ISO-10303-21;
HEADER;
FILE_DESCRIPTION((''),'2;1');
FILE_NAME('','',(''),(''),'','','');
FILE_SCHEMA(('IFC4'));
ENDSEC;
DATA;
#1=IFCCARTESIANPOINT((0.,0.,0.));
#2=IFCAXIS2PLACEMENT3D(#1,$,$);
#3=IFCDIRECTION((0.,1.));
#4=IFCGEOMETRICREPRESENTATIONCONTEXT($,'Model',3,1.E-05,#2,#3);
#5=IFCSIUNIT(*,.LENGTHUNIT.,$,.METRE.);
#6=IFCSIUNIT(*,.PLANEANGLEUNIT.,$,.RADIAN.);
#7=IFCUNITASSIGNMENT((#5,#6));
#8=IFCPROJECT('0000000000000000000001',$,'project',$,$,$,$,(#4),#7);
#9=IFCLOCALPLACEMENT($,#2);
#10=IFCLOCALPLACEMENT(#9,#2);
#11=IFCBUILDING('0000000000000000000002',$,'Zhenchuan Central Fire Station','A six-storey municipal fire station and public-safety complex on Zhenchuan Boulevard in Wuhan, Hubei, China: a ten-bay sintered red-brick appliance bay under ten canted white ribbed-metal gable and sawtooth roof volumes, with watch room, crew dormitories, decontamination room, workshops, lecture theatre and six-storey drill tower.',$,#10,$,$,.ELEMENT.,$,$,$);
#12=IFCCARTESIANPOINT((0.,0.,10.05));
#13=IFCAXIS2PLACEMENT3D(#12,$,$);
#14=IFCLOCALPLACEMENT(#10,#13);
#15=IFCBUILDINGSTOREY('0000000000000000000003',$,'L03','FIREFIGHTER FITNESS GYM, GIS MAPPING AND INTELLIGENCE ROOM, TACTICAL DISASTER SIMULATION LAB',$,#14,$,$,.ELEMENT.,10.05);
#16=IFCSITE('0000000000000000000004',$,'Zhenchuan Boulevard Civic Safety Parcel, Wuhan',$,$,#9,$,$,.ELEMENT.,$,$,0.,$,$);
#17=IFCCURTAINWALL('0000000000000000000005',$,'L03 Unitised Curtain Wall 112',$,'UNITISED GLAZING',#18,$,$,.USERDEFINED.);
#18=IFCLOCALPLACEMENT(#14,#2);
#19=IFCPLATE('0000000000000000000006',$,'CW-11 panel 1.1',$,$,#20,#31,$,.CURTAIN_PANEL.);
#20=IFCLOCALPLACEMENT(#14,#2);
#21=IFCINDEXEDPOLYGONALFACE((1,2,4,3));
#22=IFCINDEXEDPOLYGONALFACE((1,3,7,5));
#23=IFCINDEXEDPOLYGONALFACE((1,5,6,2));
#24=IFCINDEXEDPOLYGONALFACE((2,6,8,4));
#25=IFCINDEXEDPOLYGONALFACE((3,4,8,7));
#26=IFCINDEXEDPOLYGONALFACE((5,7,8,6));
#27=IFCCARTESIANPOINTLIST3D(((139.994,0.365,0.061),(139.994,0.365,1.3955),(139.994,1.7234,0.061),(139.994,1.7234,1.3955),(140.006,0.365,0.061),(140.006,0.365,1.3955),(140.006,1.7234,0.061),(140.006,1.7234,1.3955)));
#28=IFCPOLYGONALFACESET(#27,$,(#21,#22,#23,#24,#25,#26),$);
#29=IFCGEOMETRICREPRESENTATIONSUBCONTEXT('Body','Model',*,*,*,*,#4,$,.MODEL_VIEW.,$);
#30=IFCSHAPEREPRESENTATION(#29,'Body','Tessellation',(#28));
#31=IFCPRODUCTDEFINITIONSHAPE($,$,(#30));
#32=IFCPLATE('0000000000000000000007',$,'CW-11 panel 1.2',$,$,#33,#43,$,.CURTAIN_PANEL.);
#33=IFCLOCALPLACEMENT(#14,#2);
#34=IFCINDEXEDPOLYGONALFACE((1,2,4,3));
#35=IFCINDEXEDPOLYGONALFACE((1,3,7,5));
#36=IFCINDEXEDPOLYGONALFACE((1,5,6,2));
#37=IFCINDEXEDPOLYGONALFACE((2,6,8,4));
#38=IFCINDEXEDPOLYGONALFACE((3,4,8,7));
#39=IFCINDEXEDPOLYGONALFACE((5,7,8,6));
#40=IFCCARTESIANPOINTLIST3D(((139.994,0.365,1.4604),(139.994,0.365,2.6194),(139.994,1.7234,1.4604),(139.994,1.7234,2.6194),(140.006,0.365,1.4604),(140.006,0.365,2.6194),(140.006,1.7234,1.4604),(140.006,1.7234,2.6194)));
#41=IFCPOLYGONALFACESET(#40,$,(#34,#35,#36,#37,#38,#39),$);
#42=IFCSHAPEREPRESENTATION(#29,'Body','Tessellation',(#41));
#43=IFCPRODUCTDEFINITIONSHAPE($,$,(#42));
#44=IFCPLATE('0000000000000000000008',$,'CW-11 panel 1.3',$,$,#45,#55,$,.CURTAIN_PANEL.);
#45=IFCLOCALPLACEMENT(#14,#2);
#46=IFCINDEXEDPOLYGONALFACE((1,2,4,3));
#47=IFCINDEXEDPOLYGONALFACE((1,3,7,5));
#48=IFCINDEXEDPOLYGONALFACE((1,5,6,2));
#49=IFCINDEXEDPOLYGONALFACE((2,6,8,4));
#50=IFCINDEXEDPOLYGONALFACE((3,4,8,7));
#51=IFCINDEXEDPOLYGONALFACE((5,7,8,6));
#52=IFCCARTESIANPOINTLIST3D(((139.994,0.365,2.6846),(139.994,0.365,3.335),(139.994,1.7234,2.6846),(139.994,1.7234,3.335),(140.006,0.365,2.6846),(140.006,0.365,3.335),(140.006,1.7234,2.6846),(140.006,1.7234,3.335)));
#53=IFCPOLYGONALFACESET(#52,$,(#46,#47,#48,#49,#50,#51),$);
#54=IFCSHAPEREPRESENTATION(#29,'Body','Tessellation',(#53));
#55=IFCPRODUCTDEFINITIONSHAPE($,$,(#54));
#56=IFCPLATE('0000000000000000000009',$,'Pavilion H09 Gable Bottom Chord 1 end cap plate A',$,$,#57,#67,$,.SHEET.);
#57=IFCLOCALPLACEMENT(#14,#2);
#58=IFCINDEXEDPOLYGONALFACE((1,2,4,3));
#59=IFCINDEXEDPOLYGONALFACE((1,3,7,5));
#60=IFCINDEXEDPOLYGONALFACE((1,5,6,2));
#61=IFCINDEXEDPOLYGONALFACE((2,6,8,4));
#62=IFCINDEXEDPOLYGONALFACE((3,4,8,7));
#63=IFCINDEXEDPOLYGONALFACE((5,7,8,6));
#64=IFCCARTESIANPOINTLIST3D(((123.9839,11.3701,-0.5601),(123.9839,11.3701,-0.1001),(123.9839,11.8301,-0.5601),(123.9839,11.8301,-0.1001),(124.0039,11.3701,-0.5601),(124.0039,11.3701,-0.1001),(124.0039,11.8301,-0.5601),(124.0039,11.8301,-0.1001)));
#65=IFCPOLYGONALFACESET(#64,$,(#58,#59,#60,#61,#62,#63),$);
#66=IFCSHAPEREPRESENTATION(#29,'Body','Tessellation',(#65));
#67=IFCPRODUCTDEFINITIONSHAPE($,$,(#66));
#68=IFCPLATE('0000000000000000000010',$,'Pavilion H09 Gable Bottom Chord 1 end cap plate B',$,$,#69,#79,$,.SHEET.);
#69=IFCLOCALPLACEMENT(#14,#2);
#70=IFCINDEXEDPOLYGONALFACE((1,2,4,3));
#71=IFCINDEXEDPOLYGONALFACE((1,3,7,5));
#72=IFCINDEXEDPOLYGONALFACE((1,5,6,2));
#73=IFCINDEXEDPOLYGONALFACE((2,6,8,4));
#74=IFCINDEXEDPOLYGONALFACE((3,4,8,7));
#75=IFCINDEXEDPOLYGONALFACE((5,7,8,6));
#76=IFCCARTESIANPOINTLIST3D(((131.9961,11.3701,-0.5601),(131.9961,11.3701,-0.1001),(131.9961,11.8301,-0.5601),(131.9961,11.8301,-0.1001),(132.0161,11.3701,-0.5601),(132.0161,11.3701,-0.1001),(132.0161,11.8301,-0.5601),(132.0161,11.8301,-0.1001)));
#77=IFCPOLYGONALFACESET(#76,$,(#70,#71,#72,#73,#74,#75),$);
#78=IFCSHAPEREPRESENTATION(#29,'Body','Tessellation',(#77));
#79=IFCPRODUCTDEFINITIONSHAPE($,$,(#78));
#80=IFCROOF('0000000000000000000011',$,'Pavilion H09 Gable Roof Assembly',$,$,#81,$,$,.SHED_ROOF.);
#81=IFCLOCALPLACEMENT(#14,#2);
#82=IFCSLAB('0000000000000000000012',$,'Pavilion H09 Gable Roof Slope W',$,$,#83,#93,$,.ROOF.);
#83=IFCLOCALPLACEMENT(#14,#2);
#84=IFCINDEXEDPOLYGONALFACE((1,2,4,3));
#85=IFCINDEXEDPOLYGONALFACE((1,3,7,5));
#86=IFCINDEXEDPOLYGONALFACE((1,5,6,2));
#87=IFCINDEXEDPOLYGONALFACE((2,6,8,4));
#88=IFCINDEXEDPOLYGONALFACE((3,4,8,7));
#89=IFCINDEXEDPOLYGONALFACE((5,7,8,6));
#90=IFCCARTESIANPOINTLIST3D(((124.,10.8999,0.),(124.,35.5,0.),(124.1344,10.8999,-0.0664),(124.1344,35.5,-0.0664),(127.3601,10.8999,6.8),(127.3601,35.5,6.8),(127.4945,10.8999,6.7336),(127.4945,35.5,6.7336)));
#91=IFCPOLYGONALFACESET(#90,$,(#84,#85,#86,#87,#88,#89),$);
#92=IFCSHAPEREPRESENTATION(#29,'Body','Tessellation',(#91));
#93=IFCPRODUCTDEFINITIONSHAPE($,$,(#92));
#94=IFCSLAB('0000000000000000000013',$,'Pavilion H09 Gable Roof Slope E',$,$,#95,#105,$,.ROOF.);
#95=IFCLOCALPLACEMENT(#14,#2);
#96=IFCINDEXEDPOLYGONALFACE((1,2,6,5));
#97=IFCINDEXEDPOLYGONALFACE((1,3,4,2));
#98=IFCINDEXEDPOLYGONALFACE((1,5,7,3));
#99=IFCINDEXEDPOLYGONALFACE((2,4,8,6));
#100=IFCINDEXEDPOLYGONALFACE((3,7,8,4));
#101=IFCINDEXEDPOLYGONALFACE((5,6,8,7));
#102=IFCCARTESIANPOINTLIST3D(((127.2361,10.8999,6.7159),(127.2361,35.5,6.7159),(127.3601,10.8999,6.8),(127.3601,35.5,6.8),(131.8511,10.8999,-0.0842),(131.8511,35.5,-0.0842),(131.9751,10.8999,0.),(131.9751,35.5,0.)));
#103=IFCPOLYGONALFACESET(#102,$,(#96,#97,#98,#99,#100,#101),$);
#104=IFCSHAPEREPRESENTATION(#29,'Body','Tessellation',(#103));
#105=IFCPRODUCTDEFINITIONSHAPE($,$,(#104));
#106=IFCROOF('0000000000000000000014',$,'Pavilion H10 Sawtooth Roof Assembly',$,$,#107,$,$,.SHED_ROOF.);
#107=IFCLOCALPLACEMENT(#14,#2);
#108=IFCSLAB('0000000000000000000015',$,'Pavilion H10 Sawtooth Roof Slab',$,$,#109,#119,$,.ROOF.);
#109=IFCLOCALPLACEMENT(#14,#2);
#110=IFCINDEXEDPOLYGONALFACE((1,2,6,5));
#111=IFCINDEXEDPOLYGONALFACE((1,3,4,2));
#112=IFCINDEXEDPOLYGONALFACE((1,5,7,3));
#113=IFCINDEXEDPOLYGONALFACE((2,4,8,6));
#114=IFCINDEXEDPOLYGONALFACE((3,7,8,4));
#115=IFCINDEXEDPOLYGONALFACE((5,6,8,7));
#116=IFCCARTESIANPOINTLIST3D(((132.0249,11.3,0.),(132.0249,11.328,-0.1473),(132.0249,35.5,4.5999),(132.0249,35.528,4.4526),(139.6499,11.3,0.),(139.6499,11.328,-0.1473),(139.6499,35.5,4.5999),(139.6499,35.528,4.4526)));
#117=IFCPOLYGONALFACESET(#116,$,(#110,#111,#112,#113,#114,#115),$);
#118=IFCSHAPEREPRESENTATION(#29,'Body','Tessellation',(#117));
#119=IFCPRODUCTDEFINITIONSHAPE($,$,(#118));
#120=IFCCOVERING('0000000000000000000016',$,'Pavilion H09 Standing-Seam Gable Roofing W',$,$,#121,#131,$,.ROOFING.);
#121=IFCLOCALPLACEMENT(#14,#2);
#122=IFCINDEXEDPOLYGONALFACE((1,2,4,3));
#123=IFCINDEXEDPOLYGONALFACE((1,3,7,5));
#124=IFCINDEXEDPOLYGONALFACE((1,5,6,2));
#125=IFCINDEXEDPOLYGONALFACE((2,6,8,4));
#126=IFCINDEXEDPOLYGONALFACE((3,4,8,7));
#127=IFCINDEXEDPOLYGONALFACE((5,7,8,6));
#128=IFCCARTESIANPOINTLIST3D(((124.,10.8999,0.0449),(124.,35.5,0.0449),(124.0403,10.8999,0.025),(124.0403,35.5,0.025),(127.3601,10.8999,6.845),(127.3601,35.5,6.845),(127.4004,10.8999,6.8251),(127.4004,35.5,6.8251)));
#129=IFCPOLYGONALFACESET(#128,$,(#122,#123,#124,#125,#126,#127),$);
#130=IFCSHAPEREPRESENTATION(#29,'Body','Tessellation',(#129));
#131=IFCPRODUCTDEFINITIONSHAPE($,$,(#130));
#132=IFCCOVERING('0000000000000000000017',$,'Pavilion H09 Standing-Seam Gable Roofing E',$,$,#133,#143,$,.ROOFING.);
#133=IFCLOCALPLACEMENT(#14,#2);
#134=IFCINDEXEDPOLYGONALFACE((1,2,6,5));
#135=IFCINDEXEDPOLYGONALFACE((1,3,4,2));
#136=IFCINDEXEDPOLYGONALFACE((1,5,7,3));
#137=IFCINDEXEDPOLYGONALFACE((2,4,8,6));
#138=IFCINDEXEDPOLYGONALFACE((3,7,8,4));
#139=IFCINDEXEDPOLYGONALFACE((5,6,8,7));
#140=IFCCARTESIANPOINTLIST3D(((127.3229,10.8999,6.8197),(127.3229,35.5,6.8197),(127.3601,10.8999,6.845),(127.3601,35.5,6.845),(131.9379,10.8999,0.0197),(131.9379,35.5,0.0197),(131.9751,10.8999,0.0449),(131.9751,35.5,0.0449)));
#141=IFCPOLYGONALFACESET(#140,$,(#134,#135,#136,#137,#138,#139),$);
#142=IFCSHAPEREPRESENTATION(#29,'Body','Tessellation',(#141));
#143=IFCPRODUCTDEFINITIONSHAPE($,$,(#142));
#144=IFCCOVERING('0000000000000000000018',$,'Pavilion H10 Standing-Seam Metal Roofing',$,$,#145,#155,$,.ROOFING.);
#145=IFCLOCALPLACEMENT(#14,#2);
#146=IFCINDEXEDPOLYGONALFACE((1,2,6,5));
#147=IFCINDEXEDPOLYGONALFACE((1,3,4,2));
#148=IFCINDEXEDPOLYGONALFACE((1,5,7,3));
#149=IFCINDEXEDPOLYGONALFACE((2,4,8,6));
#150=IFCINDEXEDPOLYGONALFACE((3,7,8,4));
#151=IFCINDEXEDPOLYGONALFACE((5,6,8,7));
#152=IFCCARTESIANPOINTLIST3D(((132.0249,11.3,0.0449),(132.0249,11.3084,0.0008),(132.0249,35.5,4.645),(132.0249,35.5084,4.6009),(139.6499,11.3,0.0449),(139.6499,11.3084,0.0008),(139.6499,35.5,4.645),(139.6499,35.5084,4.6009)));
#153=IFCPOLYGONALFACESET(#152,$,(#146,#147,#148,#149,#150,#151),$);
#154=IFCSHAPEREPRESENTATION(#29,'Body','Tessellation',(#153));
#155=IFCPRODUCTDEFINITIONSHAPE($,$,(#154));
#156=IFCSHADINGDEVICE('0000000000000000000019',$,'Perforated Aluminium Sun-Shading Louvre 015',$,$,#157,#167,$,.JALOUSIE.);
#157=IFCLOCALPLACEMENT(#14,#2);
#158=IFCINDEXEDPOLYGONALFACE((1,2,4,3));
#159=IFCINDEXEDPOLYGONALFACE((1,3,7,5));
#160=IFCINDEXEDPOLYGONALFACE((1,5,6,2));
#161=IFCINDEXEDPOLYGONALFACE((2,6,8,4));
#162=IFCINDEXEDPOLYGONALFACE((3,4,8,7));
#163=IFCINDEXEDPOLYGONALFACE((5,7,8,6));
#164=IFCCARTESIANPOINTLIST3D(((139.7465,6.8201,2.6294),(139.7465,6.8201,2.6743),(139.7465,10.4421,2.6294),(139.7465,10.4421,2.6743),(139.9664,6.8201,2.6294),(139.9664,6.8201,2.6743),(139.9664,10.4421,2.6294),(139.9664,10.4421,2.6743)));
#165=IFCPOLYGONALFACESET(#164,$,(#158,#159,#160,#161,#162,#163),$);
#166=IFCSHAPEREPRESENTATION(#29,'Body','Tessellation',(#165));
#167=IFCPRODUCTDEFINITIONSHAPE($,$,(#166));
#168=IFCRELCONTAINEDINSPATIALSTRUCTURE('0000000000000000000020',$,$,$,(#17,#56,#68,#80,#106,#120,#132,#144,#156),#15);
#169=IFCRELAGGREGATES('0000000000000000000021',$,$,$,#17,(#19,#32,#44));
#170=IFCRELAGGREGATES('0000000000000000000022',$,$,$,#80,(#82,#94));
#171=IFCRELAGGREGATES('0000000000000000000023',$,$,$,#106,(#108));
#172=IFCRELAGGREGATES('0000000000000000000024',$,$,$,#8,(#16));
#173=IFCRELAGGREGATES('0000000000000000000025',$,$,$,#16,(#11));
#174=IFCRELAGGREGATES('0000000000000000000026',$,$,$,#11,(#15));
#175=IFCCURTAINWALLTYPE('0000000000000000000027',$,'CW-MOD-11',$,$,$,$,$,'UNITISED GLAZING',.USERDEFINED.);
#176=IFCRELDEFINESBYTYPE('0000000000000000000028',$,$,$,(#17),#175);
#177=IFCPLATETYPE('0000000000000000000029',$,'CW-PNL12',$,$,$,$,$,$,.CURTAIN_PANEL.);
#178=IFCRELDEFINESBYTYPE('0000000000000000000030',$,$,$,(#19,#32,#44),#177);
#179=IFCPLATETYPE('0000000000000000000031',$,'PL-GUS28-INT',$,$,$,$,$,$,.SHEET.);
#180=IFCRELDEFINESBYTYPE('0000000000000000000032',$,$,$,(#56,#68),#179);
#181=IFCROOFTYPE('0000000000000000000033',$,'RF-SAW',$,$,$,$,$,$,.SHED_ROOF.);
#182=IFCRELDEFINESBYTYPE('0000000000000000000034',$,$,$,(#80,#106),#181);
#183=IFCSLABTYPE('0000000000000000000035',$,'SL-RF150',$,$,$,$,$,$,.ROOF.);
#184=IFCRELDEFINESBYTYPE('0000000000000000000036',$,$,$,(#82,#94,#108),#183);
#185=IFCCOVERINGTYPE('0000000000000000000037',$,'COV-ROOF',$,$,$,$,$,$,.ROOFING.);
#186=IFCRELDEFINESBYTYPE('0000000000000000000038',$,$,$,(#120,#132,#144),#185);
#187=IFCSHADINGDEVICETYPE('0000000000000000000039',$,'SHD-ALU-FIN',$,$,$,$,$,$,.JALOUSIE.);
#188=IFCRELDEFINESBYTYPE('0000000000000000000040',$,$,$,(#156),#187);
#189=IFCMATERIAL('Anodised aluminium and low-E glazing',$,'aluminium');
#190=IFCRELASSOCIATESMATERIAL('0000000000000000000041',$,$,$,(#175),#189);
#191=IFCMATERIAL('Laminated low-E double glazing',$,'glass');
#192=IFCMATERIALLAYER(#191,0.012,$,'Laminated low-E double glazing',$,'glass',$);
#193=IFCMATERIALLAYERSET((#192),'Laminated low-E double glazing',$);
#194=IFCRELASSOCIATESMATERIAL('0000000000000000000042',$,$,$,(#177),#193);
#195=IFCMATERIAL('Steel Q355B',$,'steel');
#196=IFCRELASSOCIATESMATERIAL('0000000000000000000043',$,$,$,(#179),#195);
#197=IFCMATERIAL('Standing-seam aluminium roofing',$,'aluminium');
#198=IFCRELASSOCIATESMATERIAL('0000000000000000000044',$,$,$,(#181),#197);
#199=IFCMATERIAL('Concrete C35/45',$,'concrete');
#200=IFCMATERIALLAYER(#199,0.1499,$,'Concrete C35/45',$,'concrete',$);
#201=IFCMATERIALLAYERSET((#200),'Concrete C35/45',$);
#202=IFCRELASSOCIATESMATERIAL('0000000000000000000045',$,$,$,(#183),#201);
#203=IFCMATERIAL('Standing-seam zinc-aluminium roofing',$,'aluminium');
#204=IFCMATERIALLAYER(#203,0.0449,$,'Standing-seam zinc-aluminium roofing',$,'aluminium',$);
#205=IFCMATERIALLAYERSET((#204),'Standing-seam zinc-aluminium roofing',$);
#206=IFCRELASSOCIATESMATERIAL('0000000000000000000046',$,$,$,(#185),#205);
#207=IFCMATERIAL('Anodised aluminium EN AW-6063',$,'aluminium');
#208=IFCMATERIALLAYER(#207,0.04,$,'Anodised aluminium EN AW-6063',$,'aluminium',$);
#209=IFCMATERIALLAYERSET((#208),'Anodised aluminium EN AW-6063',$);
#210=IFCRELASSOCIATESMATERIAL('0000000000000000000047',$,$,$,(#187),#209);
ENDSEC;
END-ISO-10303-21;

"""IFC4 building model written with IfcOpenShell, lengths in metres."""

from ifc_helpers import new_model, si_unit, direction, frame, origin, origin_2d, place, context, subcontext, project, spatial, polyline, rectangle, outline, extrude, material, layer, layer_set, material_profile, profile_set, type_object, element, aggregate, save


model = new_model("IFC4")

# Units and contexts
model_context = context("Model", 3, precision=1e-05, world=origin(), true_north=direction((0.0, 1.0)))
body_context = subcontext(model_context, "Body", "Model", "MODEL_VIEW")
ifc_project = project(units=[si_unit("LENGTHUNIT", "METRE"), si_unit("PLANEANGLEUNIT", "RADIAN")], contexts=[model_context])

# Site, building, storey
site_placement = place(None, origin())
site = spatial("IfcSite", under=ifc_project, at=site_placement, Name="Zhenchuan Boulevard Civic Safety Parcel, Wuhan", CompositionType="ELEMENT", RefElevation=0.0)
building_placement = place(site_placement, origin())
building = spatial("IfcBuilding", under=site, at=building_placement, Name="Zhenchuan Central Fire Station", Description="A six-storey municipal fire station and public-safety complex on Zhenchuan Boulevard in Wuhan, Hubei, China: a ten-bay sintered red-brick appliance bay under ten canted white ribbed-metal gable and sawtooth roof volumes, with watch room, crew dormitories, decontamination room, workshops, lecture theatre and six-storey drill tower.", CompositionType="ELEMENT")
storey_placement = place(building_placement, frame((0.0, 0.0, 10.05)))
storey = spatial("IfcBuildingStorey", under=building, at=storey_placement, Name="L03", Description="FIREFIGHTER FITNESS GYM, GIS MAPPING AND INTELLIGENCE ROOM, TACTICAL DISASTER SIMULATION LAB", CompositionType="ELEMENT", Elevation=10.05)

# Shared definitions
ifc_material_1 = material(Name="Steel Q355B", Category="steel")

# Curtain wall
ifc_material_2 = material(Name="Anodised aluminium and low-E glazing", Category="aluminium")
curtain_wall_type = type_object("IfcCurtainWallType", Name="CW-MOD-11", ElementType="UNITISED GLAZING", PredefinedType="USERDEFINED", material=ifc_material_2)
curtain_wall_placement = place(storey_placement, origin())
curtain_wall = element("IfcCurtainWall", 1, at=curtain_wall_placement, inside=storey, type_object=curtain_wall_type, Name="L03 Unitised Curtain Wall 112", ObjectType="UNITISED GLAZING", PredefinedType="USERDEFINED")
ifc_material_3 = material(Name="Anodised aluminium EN AW-6063", Category="aluminium")

# Plates
ifc_material_4 = material(Name="Laminated low-E double glazing", Category="glass")
ifc_layer_1 = layer(ifc_material_4, 0.012, Name="Laminated low-E double glazing", Category="glass")
ifc_layer_set_1 = layer_set([ifc_layer_1], Name="Laminated low-E double glazing")
plate_type_1 = type_object("IfcPlateType", Name="CW-PNL12", PredefinedType="CURTAIN_PANEL", material=ifc_layer_set_1)
plate_1_placement = place(storey_placement, frame((140.0, 1.0442, 0.061), z_axis=(0.0, 0.0, 1.0), x_axis=(0.0, 1.0, 0.0)))
plate_1 = element("IfcPlate", 2, at=plate_1_placement, type_object=plate_type_1, Name="CW-11 panel 1.1", PredefinedType="CURTAIN_PANEL", context=body_context, shape_type="SweptSolid", body=[
    extrude(rectangle(XDim=1.3584, YDim=0.012, at=origin_2d()), origin(), (0.0, 0.0, 1.0), 1.3345),
])
plate_2_placement = place(storey_placement, frame((140.0, 1.0442, 1.4604), z_axis=(0.0, 0.0, 1.0), x_axis=(0.0, 1.0, 0.0)))
plate_2 = element("IfcPlate", 3, at=plate_2_placement, type_object=plate_type_1, Name="CW-11 panel 1.2", PredefinedType="CURTAIN_PANEL", context=body_context, shape_type="SweptSolid", body=[
    extrude(rectangle(XDim=1.3584, YDim=0.012, at=origin_2d()), origin(), (0.0, 0.0, 1.0), 1.1589),
])
plate_3_placement = place(storey_placement, frame((140.0, 1.0442, 2.6846), z_axis=(0.0, 0.0, 1.0), x_axis=(0.0, 1.0, 0.0)))
plate_3 = element("IfcPlate", 4, at=plate_3_placement, type_object=plate_type_1, Name="CW-11 panel 1.3", PredefinedType="CURTAIN_PANEL", context=body_context, shape_type="SweptSolid", body=[
    extrude(rectangle(XDim=1.3584, YDim=0.012, at=origin_2d()), origin(), (0.0, 0.0, 1.0), 0.6504),
])
aggregate(curtain_wall, [plate_1, plate_2, plate_3])

# Plates
ifc_material_profile_1 = material_profile(ifc_material_1, rectangle(XDim=0.46, YDim=0.46, at=origin_2d()), Name="PL 460x460x28")
ifc_profile_set_1 = profile_set([ifc_material_profile_1], Name="Steel Q355B")
plate_type_2 = type_object("IfcPlateType", Name="PL-GUS28-INT", PredefinedType="SHEET", material=ifc_profile_set_1)
for number, where, z_axis, x_axis, name in (
    (5, (123.9839, 11.6001, -0.3301), (1.0, 0.0, 0.0), (0.0, 1.0, 0.0), "Pavilion H09 Gable Bottom Chord 1 end cap plate A"),
    (6, (131.9961, 11.6001, -0.3301), (1.0, 0.0, 0.0), (0.0, 1.0, 0.0), "Pavilion H09 Gable Bottom Chord 1 end cap plate B"),
):
    element("IfcPlate", number, at=place(storey_placement, frame(where, z_axis=z_axis, x_axis=x_axis)), inside=storey, type_object=plate_type_2, Name=name, PredefinedType="SHEET", context=body_context, shape_type="SweptSolid", body=[
        extrude(rectangle(XDim=0.46, YDim=0.46, at=origin_2d()), origin(), (0.0, 0.0, 1.0), 0.02),
    ])

# Roof, slabs
ifc_material_5 = material(Name="Standing-seam aluminium roofing", Category="aluminium")
roof_type = type_object("IfcRoofType", Name="RF-SAW", PredefinedType="SHED_ROOF", material=ifc_material_5)
roof_1_placement = place(storey_placement, origin())
roof_1 = element("IfcRoof", 7, at=roof_1_placement, inside=storey, type_object=roof_type, Name="Pavilion H09 Gable Roof Assembly", PredefinedType="SHED_ROOF")
ifc_material_6 = material(Name="Concrete C35/45", Category="concrete")
ifc_layer_2 = layer(ifc_material_6, 0.1499, Name="Concrete C35/45", Category="concrete")
ifc_layer_set_2 = layer_set([ifc_layer_2], Name="Concrete C35/45")
slab_type = type_object("IfcSlabType", Name="SL-RF150", PredefinedType="ROOF", material=ifc_layer_set_2)
slab_1_placement = place(storey_placement, frame((124.0, 10.8999, 0.0), z_axis=(-0.896522, 0.0, 0.442998), x_axis=(0.442998, 0.0, 0.896522)))
slab_1 = element("IfcSlab", 8, at=slab_1_placement, type_object=slab_type, Name="Pavilion H09 Gable Roof Slope W", PredefinedType="ROOF", context=body_context, shape_type="SweptSolid", body=[
    extrude(outline(polyline([(0.0, 0.0), (7.5849, 0.0), (7.5849, 24.6001), (0.0, 24.6001), (0.0, 0.0)])), origin(), (0.0, 0.0, -1.0), 0.1499),
])
slab_2_placement = place(storey_placement, frame((127.3601, 10.8999, 6.8), z_axis=(0.827438, 0.0, 0.561557), x_axis=(0.561557, 0.0, -0.827438)))
slab_2 = element("IfcSlab", 9, at=slab_2_placement, type_object=slab_type, Name="Pavilion H09 Gable Roof Slope E", PredefinedType="ROOF", context=body_context, shape_type="SweptSolid", body=[
    extrude(outline(polyline([(0.0, 0.0), (8.2182, 0.0), (8.2182, 24.6001), (0.0, 24.6001), (0.0, 0.0)])), origin(), (0.0, 0.0, -1.0), 0.1499),
])
aggregate(roof_1, [slab_1, slab_2])

# Roof, slab
roof_2_placement = place(storey_placement, origin())
roof_2 = element("IfcRoof", 10, at=roof_2_placement, inside=storey, type_object=roof_type, Name="Pavilion H10 Sawtooth Roof Assembly", PredefinedType="SHED_ROOF")
slab_3_placement = place(storey_placement, frame((132.0249, 11.3, 0.0), z_axis=(0.0, -0.186734, 0.982411), x_axis=(1.0, 0.0, 0.0)))
slab_3 = element("IfcSlab", 11, at=slab_3_placement, type_object=slab_type, Name="Pavilion H10 Sawtooth Roof Slab", PredefinedType="ROOF", context=body_context, shape_type="SweptSolid", body=[
    extrude(outline(polyline([(0.0, 0.0), (7.625, 0.0), (7.625, 24.6332), (0.0, 24.6332), (0.0, 0.0)])), origin(), (0.0, 0.0, -1.0), 0.1499),
])
aggregate(roof_2, [slab_3])

# Coverings
ifc_material_7 = material(Name="Standing-seam zinc-aluminium roofing", Category="aluminium")
ifc_layer_3 = layer(ifc_material_7, 0.0449, Name="Standing-seam zinc-aluminium roofing", Category="aluminium")
ifc_layer_set_3 = layer_set([ifc_layer_3], Name="Standing-seam zinc-aluminium roofing")
covering_type = type_object("IfcCoveringType", Name="COV-ROOF", PredefinedType="ROOFING", material=ifc_layer_set_3)
covering_1_placement = place(storey_placement, frame((124.0, 10.8999, 0.0449), z_axis=(-0.896522, 0.0, 0.442998), x_axis=(0.442998, 0.0, 0.896522)))
element("IfcCovering", 12, at=covering_1_placement, inside=storey, type_object=covering_type, Name="Pavilion H09 Standing-Seam Gable Roofing W", PredefinedType="ROOFING", context=body_context, shape_type="SweptSolid", body=[
    extrude(outline(polyline([(0.0, 0.0), (7.5849, 0.0), (7.5849, 24.6001), (0.0, 24.6001), (0.0, 0.0)])), origin(), (0.0, 0.0, -1.0), 0.0449),
])
covering_2_placement = place(storey_placement, frame((127.3601, 10.8999, 6.845), z_axis=(0.827438, 0.0, 0.561557), x_axis=(0.561557, 0.0, -0.827438)))
element("IfcCovering", 13, at=covering_2_placement, inside=storey, type_object=covering_type, Name="Pavilion H09 Standing-Seam Gable Roofing E", PredefinedType="ROOFING", context=body_context, shape_type="SweptSolid", body=[
    extrude(outline(polyline([(0.0, 0.0), (8.2182, 0.0), (8.2182, 24.6001), (0.0, 24.6001), (0.0, 0.0)])), origin(), (0.0, 0.0, -1.0), 0.0449),
])
covering_3_placement = place(storey_placement, frame((132.0249, 11.3, 0.0449), z_axis=(0.0, -0.186743, 0.982409), x_axis=(1.0, 0.0, 0.0)))
element("IfcCovering", 14, at=covering_3_placement, inside=storey, type_object=covering_type, Name="Pavilion H10 Standing-Seam Metal Roofing", PredefinedType="ROOFING", context=body_context, shape_type="SweptSolid", body=[
    extrude(outline(polyline([(0.0, 0.0), (7.625, 0.0), (7.625, 24.6333), (0.0, 24.6333), (0.0, 0.0)])), origin(), (0.0, 0.0, -1.0), 0.0449),
])

# Shading device
ifc_layer_4 = layer(ifc_material_3, 0.04, Name="Anodised aluminium EN AW-6063", Category="aluminium")
ifc_layer_set_4 = layer_set([ifc_layer_4], Name="Anodised aluminium EN AW-6063")
shading_device_type = type_object("IfcShadingDeviceType", Name="SHD-ALU-FIN", PredefinedType="JALOUSIE", material=ifc_layer_set_4)
shading_device_placement = place(storey_placement, frame((139.8564, 8.6311, 2.6294), z_axis=(0.0, 0.0, 1.0), x_axis=(0.0, 1.0, 0.0)))
element("IfcShadingDevice", 15, at=shading_device_placement, inside=storey, type_object=shading_device_type, Name="Perforated Aluminium Sun-Shading Louvre 015", PredefinedType="JALOUSIE", context=body_context, shape_type="SweptSolid", body=[
    extrude(rectangle(XDim=3.6221, YDim=0.22, at=origin_2d()), origin(), (0.0, 0.0, 1.0), 0.0449),
])

save(model, "model.ifc")
